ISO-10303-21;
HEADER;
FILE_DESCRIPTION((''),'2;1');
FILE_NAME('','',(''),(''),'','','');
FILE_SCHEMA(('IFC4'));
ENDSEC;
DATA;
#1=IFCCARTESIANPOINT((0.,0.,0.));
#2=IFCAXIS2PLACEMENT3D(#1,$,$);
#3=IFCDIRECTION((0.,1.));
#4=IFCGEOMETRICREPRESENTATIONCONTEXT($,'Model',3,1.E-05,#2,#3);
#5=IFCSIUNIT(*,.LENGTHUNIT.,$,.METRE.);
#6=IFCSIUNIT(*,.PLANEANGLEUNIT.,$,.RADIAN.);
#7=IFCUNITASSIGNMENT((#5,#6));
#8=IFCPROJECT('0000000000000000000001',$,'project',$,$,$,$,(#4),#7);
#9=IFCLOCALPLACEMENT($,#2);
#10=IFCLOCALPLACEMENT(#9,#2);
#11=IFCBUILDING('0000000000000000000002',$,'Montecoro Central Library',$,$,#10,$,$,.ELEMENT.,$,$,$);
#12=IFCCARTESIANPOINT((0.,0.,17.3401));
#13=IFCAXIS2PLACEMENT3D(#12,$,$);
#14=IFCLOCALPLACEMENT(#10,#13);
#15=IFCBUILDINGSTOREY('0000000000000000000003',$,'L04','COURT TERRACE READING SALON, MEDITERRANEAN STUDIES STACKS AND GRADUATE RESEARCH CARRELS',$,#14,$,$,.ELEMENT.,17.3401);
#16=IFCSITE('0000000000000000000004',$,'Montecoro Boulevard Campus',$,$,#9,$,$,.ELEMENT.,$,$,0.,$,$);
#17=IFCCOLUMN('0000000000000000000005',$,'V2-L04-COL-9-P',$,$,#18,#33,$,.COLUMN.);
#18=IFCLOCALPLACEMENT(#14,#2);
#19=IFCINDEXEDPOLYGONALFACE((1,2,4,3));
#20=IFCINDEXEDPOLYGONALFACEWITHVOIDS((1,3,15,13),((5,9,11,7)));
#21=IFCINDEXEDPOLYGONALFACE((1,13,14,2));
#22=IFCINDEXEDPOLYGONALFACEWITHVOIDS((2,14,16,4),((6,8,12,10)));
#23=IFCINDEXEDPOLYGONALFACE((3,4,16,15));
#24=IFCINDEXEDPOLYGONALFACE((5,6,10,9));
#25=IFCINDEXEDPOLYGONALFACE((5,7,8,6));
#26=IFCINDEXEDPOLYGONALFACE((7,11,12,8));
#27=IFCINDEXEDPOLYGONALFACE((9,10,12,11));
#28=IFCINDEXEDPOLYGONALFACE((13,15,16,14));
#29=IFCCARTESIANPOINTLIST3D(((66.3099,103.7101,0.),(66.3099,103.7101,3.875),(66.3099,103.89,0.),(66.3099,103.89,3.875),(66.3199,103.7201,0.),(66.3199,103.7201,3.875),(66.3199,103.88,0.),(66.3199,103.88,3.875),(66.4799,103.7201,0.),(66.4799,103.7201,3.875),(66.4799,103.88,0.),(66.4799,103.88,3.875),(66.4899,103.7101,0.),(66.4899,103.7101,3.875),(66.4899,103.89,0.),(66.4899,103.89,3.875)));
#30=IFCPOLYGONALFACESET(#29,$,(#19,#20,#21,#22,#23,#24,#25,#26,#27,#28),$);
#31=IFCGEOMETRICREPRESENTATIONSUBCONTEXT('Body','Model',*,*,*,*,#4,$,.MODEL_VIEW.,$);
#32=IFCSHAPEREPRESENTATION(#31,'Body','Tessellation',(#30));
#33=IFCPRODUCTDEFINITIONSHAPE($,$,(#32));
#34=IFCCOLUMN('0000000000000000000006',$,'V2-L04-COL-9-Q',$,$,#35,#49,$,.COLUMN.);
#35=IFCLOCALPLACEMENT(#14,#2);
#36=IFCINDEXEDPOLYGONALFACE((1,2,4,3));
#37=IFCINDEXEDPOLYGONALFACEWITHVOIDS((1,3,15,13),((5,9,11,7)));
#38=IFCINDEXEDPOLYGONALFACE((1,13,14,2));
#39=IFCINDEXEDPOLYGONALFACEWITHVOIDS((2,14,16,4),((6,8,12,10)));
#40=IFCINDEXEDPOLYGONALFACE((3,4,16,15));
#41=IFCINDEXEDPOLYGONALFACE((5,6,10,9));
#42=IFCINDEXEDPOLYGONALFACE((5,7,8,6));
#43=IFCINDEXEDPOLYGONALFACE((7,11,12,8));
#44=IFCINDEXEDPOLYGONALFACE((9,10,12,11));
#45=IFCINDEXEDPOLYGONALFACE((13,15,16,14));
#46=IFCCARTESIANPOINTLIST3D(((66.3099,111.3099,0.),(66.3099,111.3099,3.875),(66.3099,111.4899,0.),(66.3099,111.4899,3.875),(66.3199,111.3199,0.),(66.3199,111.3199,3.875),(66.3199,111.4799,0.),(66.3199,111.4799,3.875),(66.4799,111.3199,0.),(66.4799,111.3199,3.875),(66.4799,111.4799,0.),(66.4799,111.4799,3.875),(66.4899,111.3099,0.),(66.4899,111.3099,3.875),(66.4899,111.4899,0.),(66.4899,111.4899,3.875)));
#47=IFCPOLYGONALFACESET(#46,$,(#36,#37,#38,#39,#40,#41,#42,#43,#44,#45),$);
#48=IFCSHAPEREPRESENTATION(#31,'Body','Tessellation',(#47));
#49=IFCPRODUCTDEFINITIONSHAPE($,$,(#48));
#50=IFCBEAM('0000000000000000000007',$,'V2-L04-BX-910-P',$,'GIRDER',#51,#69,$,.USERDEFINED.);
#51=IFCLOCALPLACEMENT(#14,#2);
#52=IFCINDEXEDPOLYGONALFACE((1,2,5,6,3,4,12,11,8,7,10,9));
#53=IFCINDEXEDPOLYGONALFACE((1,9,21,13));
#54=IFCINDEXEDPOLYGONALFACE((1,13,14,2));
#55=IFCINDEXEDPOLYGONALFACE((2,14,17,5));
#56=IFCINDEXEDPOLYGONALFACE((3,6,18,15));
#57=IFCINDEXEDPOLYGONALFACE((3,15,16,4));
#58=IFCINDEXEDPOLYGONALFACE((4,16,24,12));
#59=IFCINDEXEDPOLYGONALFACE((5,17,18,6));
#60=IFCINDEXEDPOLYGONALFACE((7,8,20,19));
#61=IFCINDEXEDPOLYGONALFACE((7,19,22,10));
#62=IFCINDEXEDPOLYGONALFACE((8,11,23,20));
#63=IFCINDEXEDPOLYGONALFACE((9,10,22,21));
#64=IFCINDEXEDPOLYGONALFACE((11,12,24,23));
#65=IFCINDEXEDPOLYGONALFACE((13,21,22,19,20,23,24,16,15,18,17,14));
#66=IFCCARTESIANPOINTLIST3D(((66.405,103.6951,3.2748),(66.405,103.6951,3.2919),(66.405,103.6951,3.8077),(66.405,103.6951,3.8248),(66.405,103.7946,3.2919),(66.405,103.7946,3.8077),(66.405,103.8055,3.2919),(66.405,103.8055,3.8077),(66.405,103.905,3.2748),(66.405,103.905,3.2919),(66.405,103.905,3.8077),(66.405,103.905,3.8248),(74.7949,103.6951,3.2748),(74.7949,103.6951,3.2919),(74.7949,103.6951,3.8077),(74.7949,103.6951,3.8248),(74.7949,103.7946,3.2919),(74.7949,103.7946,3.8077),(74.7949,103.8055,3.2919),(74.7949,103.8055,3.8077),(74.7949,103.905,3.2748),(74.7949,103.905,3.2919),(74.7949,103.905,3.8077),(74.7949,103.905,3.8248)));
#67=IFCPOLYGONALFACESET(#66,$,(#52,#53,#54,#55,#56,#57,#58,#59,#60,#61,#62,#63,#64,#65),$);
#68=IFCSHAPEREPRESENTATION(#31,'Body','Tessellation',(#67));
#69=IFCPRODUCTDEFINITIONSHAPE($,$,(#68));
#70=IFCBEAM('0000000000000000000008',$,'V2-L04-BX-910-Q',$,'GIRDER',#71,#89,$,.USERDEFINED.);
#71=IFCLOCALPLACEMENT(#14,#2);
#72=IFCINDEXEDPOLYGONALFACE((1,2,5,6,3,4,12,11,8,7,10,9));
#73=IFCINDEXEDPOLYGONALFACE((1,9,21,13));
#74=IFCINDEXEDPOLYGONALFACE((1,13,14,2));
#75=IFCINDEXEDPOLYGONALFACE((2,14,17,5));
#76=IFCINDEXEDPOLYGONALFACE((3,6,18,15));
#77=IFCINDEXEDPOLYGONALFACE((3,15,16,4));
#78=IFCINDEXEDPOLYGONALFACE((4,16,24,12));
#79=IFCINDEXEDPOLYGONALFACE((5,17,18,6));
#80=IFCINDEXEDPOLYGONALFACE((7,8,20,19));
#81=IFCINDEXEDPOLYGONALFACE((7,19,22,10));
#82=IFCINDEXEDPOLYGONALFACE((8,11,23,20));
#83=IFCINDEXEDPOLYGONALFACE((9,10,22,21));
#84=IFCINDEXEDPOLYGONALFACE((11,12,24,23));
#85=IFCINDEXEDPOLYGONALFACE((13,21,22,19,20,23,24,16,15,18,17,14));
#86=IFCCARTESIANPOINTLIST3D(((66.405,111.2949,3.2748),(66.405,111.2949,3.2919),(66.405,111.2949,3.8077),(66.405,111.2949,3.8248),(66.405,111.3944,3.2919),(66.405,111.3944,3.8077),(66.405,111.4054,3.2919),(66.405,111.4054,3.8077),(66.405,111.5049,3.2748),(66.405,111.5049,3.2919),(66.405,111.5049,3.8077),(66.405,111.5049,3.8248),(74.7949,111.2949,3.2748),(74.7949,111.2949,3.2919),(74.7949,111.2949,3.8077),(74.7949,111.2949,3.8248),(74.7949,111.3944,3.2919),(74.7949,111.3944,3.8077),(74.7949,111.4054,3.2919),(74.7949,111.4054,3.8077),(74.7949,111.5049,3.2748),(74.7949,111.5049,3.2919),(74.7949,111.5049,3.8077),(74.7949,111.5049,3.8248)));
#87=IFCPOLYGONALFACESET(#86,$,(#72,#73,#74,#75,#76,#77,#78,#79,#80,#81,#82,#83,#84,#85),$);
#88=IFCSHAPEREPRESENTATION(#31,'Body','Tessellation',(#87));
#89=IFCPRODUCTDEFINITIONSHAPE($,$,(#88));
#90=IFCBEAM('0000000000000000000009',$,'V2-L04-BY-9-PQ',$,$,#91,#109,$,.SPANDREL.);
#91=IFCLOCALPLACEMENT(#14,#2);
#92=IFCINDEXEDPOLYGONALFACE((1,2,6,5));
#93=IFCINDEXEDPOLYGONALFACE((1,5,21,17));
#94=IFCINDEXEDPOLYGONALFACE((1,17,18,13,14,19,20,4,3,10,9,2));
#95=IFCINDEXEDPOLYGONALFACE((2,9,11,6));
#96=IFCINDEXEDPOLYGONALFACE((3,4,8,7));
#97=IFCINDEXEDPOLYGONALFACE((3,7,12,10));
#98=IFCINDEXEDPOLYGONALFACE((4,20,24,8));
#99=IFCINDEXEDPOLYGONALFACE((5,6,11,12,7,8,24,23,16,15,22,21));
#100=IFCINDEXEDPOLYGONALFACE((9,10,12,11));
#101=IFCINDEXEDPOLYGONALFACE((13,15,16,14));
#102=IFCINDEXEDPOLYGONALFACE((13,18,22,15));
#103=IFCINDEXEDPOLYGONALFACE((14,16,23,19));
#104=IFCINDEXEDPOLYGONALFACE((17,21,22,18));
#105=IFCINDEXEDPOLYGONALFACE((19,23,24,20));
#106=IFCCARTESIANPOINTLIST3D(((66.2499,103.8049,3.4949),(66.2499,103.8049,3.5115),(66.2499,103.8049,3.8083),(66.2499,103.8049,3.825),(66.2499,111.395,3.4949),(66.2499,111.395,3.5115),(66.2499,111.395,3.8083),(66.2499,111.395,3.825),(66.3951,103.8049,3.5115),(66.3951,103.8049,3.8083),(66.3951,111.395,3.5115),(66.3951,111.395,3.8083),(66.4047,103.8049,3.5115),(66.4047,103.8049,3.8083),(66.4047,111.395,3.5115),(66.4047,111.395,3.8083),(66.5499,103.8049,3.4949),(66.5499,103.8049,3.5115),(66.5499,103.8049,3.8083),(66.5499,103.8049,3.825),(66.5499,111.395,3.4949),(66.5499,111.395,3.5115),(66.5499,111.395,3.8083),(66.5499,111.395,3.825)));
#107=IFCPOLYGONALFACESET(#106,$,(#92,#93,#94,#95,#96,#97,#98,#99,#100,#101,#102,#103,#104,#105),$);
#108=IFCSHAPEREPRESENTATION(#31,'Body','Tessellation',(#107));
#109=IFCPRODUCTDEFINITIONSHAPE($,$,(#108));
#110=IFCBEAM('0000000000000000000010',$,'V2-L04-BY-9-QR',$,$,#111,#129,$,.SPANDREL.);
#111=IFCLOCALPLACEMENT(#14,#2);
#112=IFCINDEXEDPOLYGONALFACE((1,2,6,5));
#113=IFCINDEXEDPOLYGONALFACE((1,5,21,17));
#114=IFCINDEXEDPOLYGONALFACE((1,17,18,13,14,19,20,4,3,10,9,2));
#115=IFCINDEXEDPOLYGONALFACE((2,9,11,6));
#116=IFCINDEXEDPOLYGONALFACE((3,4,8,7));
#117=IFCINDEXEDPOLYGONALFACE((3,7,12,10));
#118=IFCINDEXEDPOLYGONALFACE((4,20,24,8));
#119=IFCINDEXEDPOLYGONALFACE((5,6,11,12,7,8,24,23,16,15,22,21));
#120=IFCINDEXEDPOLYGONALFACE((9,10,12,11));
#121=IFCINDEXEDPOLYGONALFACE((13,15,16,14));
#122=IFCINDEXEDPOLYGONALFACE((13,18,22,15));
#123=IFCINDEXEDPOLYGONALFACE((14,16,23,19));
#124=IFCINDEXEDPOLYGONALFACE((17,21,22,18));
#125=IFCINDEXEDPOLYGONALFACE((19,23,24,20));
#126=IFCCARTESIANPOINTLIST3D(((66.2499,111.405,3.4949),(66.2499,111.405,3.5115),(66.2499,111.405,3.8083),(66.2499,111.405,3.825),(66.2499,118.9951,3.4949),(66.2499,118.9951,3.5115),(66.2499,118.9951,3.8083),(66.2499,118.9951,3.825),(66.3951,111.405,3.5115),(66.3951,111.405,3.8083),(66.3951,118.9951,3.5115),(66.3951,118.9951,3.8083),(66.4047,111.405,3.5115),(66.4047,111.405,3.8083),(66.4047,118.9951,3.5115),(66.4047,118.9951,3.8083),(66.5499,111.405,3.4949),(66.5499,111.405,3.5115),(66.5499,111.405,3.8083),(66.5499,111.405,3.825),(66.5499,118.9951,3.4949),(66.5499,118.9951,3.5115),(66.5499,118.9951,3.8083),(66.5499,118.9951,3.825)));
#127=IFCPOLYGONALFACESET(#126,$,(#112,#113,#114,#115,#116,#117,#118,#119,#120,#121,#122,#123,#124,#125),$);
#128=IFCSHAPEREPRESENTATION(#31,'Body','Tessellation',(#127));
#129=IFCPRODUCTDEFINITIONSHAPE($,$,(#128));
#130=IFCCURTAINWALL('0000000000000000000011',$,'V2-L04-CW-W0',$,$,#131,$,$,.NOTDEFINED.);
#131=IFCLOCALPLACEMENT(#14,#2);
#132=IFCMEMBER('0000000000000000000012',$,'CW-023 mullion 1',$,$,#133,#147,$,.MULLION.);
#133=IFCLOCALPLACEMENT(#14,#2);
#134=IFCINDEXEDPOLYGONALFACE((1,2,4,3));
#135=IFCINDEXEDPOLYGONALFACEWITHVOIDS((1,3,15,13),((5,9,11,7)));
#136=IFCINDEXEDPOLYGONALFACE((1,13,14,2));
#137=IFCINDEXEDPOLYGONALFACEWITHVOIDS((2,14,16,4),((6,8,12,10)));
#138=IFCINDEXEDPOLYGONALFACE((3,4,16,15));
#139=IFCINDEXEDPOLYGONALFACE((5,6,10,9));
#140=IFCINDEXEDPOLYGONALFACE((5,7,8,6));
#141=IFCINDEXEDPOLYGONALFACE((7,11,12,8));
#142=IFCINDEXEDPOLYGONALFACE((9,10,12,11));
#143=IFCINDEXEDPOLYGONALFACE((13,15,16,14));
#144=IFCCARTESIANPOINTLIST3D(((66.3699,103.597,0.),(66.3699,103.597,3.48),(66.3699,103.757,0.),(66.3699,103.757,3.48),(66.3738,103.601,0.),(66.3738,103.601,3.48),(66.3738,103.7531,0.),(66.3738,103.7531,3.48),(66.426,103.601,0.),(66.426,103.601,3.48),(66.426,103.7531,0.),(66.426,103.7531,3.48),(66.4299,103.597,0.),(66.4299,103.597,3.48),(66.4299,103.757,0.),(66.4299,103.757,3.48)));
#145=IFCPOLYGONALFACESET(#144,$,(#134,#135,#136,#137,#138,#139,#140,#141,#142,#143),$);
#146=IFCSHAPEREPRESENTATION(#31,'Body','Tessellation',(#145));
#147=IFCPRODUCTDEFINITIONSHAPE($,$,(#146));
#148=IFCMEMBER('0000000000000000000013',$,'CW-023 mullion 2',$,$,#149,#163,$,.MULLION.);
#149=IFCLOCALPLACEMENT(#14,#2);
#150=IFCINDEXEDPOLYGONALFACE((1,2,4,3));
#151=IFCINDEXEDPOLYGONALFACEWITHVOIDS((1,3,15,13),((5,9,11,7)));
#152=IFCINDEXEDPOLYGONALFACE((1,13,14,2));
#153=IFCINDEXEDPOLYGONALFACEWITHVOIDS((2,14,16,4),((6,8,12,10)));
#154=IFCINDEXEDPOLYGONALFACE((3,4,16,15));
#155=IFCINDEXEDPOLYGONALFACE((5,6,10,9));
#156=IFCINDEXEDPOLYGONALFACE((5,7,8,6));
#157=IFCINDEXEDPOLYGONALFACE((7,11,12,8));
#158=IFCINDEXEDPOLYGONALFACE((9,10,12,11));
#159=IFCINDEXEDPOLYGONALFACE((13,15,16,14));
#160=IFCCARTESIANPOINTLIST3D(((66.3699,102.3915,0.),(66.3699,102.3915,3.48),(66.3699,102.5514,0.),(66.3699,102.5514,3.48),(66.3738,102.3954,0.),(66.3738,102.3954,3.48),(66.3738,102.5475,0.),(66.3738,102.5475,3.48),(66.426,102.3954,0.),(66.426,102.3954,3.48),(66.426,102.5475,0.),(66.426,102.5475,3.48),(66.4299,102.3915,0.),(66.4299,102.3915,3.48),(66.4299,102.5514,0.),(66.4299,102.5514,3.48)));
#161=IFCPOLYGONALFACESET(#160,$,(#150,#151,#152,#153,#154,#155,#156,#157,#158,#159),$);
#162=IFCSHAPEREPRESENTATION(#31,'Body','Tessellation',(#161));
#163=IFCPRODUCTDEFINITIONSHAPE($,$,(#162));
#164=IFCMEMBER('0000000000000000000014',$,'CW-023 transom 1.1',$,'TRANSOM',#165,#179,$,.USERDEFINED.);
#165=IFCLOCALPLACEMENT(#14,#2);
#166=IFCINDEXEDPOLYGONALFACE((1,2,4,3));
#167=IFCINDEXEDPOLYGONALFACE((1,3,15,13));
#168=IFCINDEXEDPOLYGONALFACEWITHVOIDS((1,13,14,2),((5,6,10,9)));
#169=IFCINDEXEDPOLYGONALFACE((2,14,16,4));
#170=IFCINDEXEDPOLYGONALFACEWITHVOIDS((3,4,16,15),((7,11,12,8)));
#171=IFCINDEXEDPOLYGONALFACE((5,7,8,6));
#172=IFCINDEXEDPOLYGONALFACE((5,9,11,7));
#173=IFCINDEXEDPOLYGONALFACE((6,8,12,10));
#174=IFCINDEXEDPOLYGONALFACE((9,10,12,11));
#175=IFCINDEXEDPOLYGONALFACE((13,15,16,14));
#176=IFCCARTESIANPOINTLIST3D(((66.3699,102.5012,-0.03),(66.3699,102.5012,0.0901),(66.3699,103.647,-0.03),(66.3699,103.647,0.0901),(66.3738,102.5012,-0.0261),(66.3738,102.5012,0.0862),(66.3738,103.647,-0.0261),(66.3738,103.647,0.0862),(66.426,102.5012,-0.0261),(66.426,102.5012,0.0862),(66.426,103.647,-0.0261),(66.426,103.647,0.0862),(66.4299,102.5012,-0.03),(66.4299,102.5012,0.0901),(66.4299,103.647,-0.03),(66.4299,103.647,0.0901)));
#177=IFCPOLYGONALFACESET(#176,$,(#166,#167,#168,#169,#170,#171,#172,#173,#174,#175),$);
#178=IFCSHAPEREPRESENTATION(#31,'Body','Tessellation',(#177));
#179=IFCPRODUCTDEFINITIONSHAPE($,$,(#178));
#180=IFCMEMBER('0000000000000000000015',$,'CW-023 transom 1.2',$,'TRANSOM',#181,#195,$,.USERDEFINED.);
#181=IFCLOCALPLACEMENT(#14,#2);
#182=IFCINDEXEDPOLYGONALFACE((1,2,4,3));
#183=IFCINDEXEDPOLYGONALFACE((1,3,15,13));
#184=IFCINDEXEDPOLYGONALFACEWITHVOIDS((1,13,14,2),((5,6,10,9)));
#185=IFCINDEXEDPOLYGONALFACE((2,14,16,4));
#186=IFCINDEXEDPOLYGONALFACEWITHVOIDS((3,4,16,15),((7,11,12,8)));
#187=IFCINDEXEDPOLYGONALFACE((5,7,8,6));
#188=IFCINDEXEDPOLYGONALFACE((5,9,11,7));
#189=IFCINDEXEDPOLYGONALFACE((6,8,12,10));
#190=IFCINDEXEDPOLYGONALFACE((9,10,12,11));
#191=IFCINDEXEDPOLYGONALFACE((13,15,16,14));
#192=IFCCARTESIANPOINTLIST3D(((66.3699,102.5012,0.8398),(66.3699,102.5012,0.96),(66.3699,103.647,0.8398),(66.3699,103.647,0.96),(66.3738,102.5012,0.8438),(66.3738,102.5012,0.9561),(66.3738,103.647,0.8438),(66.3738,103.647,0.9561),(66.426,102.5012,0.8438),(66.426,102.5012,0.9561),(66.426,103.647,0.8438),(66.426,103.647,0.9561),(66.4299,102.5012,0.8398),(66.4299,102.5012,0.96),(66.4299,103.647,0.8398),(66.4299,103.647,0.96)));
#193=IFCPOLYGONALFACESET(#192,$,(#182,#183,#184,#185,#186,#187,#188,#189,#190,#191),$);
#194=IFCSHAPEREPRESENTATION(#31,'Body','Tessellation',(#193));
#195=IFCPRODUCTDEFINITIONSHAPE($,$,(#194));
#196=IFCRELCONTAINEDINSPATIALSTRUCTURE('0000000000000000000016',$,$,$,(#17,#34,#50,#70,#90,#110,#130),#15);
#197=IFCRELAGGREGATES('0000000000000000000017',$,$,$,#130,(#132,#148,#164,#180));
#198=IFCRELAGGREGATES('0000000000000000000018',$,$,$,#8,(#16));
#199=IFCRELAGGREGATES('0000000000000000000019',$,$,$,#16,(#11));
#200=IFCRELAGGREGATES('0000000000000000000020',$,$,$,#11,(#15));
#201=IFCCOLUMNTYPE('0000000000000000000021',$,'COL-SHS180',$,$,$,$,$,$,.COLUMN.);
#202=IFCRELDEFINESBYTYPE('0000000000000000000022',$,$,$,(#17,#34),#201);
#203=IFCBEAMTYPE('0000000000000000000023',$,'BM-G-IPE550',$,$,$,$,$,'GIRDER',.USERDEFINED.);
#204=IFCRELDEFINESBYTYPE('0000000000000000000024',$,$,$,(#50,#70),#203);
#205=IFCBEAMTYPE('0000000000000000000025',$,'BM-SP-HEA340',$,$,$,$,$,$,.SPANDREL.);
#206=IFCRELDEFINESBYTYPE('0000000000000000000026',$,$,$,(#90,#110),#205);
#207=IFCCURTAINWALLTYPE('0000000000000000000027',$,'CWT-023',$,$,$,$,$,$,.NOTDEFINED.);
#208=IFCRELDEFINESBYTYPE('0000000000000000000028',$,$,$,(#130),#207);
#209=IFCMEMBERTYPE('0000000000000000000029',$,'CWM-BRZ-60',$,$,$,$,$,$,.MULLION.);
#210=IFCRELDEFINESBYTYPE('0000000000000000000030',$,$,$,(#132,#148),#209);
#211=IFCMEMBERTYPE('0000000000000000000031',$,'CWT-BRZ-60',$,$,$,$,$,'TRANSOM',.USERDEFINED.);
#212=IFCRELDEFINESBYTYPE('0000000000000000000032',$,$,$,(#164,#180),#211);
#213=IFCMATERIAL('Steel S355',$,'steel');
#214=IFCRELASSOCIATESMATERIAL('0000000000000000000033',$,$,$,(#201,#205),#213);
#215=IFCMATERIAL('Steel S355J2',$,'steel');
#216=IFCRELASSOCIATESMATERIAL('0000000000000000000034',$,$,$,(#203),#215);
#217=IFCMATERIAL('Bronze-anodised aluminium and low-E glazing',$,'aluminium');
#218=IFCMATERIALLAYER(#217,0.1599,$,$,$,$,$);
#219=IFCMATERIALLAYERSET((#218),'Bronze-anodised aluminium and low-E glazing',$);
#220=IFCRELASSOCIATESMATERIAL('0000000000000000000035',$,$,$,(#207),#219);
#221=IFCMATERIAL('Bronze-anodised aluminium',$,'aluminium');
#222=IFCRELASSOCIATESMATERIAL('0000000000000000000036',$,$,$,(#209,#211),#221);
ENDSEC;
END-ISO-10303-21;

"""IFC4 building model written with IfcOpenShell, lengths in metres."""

from ifc_helpers import new_model, si_unit, direction, frame, origin, origin_2d, place, context, subcontext, project, spatial, hollow_rectangle, i_section, extrude, material, layer, layer_set, material_profile, profile_set, type_object, element, aggregate, save


model = new_model("IFC4")

# Units and contexts
model_context = context("Model", 3, precision=1e-05, world=origin(), true_north=direction((0.0, 1.0)))
body_context = subcontext(model_context, "Body", "Model", "MODEL_VIEW")
ifc_project = project(units=[si_unit("LENGTHUNIT", "METRE"), si_unit("PLANEANGLEUNIT", "RADIAN")], contexts=[model_context])

# Site, building, storey
site_placement = place(None, origin())
site = spatial("IfcSite", under=ifc_project, at=site_placement, Name="Montecoro Boulevard Campus", CompositionType="ELEMENT", RefElevation=0.0)
building_placement = place(site_placement, origin())
building = spatial("IfcBuilding", under=site, at=building_placement, Name="Montecoro Central Library", CompositionType="ELEMENT")
storey_placement = place(building_placement, frame((0.0, 0.0, 17.3401)))
storey = spatial("IfcBuildingStorey", under=building, at=storey_placement, Name="L04", Description="COURT TERRACE READING SALON, MEDITERRANEAN STUDIES STACKS AND GRADUATE RESEARCH CARRELS", CompositionType="ELEMENT", Elevation=17.3401)

# Columns
ifc_material_1 = material(Name="Steel S355", Category="steel")
ifc_material_profile_1 = material_profile(ifc_material_1, hollow_rectangle(XDim=0.1799, YDim=0.1799, WallThickness=0.01, at=origin_2d()), Name="SHS 180x180x10.0")
ifc_profile_set_1 = profile_set([ifc_material_profile_1], Name="Steel S355")
column_type = type_object("IfcColumnType", Name="COL-SHS180", PredefinedType="COLUMN", material=ifc_profile_set_1)
for number, where, z_axis, x_axis, name in (
    (1, (66.3999, 103.8, 0.0), (0.0, 0.0, 1.0), (1.0, 0.0, 0.0), "V2-L04-COL-9-P"),
    (2, (66.3999, 111.3999, 0.0), (0.0, 0.0, 1.0), (1.0, 0.0, 0.0), "V2-L04-COL-9-Q"),
):
    element("IfcColumn", number, at=place(storey_placement, frame(where, z_axis=z_axis, x_axis=x_axis)), inside=storey, type_object=column_type, Name=name, PredefinedType="COLUMN", context=body_context, shape_type="SweptSolid", body=[
        extrude(hollow_rectangle(XDim=0.1799, YDim=0.1799, WallThickness=0.01, at=origin_2d()), origin(), (0.0, 0.0, 1.0), 3.875),
    ])

# Beams
ifc_material_2 = material(Name="Steel S355J2", Category="steel")
ifc_material_profile_2 = material_profile(ifc_material_2, i_section(OverallWidth=0.21, OverallDepth=0.55, WebThickness=0.011, FlangeThickness=0.0171, at=origin_2d()), Name="IPE 550")
ifc_profile_set_2 = profile_set([ifc_material_profile_2], Name="Steel S355J2")
beam_type_1 = type_object("IfcBeamType", Name="BM-G-IPE550", ElementType="GIRDER", PredefinedType="USERDEFINED", material=ifc_profile_set_2)
for number, where, z_axis, x_axis, name in (
    (3, (66.405, 103.8, 3.5498), (1.0, 0.0, 0.0), (0.0, 1.0, 0.0), "V2-L04-BX-910-P"),
    (4, (66.405, 111.3999, 3.5498), (1.0, 0.0, 0.0), (0.0, 1.0, 0.0), "V2-L04-BX-910-Q"),
):
    element("IfcBeam", number, at=place(storey_placement, frame(where, z_axis=z_axis, x_axis=x_axis)), inside=storey, type_object=beam_type_1, Name=name, ObjectType="GIRDER", PredefinedType="USERDEFINED", context=body_context, shape_type="SweptSolid", body=[
        extrude(i_section(OverallWidth=0.21, OverallDepth=0.55, WebThickness=0.011, FlangeThickness=0.0171, at=origin_2d()), origin(), (0.0, 0.0, 1.0), 8.3899),
    ])
ifc_material_profile_3 = material_profile(ifc_material_1, i_section(OverallWidth=0.3, OverallDepth=0.3301, WebThickness=0.0095, FlangeThickness=0.0166, at=origin_2d()), Name="HEA 340")
ifc_profile_set_3 = profile_set([ifc_material_profile_3], Name="Steel S355")
beam_type_2 = type_object("IfcBeamType", Name="BM-SP-HEA340", PredefinedType="SPANDREL", material=ifc_profile_set_3)
for number, where, z_axis, x_axis, name in (
    (5, (66.3999, 103.8049, 3.6599), (0.0, 1.0, 0.0), (-1.0, 0.0, 0.0), "V2-L04-BY-9-PQ"),
    (6, (66.3999, 111.405, 3.6599), (0.0, 1.0, 0.0), (-1.0, 0.0, 0.0), "V2-L04-BY-9-QR"),
):
    element("IfcBeam", number, at=place(storey_placement, frame(where, z_axis=z_axis, x_axis=x_axis)), inside=storey, type_object=beam_type_2, Name=name, PredefinedType="SPANDREL", context=body_context, shape_type="SweptSolid", body=[
        extrude(i_section(OverallWidth=0.3, OverallDepth=0.3301, WebThickness=0.0095, FlangeThickness=0.0166, at=origin_2d()), origin(), (0.0, 0.0, 1.0), 7.5901),
    ])

# Curtain wall, members
ifc_material_3 = material(Name="Bronze-anodised aluminium and low-E glazing", Category="aluminium")
ifc_layer_1 = layer(ifc_material_3, 0.1599)
ifc_layer_set_1 = layer_set([ifc_layer_1], Name="Bronze-anodised aluminium and low-E glazing")
curtain_wall_type = type_object("IfcCurtainWallType", Name="CWT-023", PredefinedType="NOTDEFINED", material=ifc_layer_set_1)
curtain_wall_placement = place(storey_placement, origin())
curtain_wall = element("IfcCurtainWall", 7, at=curtain_wall_placement, inside=storey, type_object=curtain_wall_type, Name="V2-L04-CW-W0", PredefinedType="NOTDEFINED")
ifc_material_4 = material(Name="Bronze-anodised aluminium", Category="aluminium")
ifc_material_profile_4 = material_profile(ifc_material_4, hollow_rectangle(XDim=0.0601, YDim=0.1599, WallThickness=0.0039, at=origin_2d()), Name="CWM 160x60x4.0")
ifc_profile_set_4 = profile_set([ifc_material_profile_4], Name="Bronze-anodised aluminium")
member_type_1 = type_object("IfcMemberType", Name="CWM-BRZ-60", PredefinedType="MULLION", material=ifc_profile_set_4)
member_1_placement = place(storey_placement, frame((66.3999, 103.677, 0.0), z_axis=(0.0, 0.0, 1.0), x_axis=(1.0, 0.0, 0.0)))
member_1 = element("IfcMember", 8, at=member_1_placement, type_object=member_type_1, Name="CW-023 mullion 1", PredefinedType="MULLION", context=body_context, shape_type="SweptSolid", body=[
    extrude(hollow_rectangle(XDim=0.0601, YDim=0.1599, WallThickness=0.0039, at=origin_2d()), origin(), (0.0, 0.0, 1.0), 3.48),
])
member_2_placement = place(storey_placement, frame((66.3999, 102.4714, 0.0), z_axis=(0.0, 0.0, 1.0), x_axis=(1.0, 0.0, 0.0)))
member_2 = element("IfcMember", 9, at=member_2_placement, type_object=member_type_1, Name="CW-023 mullion 2", PredefinedType="MULLION", context=body_context, shape_type="SweptSolid", body=[
    extrude(hollow_rectangle(XDim=0.0601, YDim=0.1599, WallThickness=0.0039, at=origin_2d()), origin(), (0.0, 0.0, 1.0), 3.48),
])
ifc_material_profile_5 = material_profile(ifc_material_4, hollow_rectangle(XDim=0.0601, YDim=0.1201, WallThickness=0.0039, at=origin_2d()), Name="CWT 120x60x4.0")
ifc_profile_set_5 = profile_set([ifc_material_profile_5], Name="Bronze-anodised aluminium")
member_type_2 = type_object("IfcMemberType", Name="CWT-BRZ-60", ElementType="TRANSOM", PredefinedType="USERDEFINED", material=ifc_profile_set_5)
member_3_placement = place(storey_placement, frame((66.3999, 103.647, 0.03), z_axis=(0.0, -1.0, 0.0), x_axis=(1.0, 0.0, 0.0)))
member_3 = element("IfcMember", 10, at=member_3_placement, type_object=member_type_2, Name="CW-023 transom 1.1", ObjectType="TRANSOM", PredefinedType="USERDEFINED", context=body_context, shape_type="SweptSolid", body=[
    extrude(hollow_rectangle(XDim=0.0601, YDim=0.1201, WallThickness=0.0039, at=origin_2d()), origin(), (0.0, 0.0, 1.0), 1.1458),
])
member_4_placement = place(storey_placement, frame((66.3999, 103.647, 0.8999), z_axis=(0.0, -1.0, 0.0), x_axis=(1.0, 0.0, 0.0)))
member_4 = element("IfcMember", 11, at=member_4_placement, type_object=member_type_2, Name="CW-023 transom 1.2", ObjectType="TRANSOM", PredefinedType="USERDEFINED", context=body_context, shape_type="SweptSolid", body=[
    extrude(hollow_rectangle(XDim=0.0601, YDim=0.1201, WallThickness=0.0039, at=origin_2d()), origin(), (0.0, 0.0, 1.0), 1.1458),
])
aggregate(curtain_wall, [member_1, member_2, member_3, member_4])

save(model, "model.ifc")
